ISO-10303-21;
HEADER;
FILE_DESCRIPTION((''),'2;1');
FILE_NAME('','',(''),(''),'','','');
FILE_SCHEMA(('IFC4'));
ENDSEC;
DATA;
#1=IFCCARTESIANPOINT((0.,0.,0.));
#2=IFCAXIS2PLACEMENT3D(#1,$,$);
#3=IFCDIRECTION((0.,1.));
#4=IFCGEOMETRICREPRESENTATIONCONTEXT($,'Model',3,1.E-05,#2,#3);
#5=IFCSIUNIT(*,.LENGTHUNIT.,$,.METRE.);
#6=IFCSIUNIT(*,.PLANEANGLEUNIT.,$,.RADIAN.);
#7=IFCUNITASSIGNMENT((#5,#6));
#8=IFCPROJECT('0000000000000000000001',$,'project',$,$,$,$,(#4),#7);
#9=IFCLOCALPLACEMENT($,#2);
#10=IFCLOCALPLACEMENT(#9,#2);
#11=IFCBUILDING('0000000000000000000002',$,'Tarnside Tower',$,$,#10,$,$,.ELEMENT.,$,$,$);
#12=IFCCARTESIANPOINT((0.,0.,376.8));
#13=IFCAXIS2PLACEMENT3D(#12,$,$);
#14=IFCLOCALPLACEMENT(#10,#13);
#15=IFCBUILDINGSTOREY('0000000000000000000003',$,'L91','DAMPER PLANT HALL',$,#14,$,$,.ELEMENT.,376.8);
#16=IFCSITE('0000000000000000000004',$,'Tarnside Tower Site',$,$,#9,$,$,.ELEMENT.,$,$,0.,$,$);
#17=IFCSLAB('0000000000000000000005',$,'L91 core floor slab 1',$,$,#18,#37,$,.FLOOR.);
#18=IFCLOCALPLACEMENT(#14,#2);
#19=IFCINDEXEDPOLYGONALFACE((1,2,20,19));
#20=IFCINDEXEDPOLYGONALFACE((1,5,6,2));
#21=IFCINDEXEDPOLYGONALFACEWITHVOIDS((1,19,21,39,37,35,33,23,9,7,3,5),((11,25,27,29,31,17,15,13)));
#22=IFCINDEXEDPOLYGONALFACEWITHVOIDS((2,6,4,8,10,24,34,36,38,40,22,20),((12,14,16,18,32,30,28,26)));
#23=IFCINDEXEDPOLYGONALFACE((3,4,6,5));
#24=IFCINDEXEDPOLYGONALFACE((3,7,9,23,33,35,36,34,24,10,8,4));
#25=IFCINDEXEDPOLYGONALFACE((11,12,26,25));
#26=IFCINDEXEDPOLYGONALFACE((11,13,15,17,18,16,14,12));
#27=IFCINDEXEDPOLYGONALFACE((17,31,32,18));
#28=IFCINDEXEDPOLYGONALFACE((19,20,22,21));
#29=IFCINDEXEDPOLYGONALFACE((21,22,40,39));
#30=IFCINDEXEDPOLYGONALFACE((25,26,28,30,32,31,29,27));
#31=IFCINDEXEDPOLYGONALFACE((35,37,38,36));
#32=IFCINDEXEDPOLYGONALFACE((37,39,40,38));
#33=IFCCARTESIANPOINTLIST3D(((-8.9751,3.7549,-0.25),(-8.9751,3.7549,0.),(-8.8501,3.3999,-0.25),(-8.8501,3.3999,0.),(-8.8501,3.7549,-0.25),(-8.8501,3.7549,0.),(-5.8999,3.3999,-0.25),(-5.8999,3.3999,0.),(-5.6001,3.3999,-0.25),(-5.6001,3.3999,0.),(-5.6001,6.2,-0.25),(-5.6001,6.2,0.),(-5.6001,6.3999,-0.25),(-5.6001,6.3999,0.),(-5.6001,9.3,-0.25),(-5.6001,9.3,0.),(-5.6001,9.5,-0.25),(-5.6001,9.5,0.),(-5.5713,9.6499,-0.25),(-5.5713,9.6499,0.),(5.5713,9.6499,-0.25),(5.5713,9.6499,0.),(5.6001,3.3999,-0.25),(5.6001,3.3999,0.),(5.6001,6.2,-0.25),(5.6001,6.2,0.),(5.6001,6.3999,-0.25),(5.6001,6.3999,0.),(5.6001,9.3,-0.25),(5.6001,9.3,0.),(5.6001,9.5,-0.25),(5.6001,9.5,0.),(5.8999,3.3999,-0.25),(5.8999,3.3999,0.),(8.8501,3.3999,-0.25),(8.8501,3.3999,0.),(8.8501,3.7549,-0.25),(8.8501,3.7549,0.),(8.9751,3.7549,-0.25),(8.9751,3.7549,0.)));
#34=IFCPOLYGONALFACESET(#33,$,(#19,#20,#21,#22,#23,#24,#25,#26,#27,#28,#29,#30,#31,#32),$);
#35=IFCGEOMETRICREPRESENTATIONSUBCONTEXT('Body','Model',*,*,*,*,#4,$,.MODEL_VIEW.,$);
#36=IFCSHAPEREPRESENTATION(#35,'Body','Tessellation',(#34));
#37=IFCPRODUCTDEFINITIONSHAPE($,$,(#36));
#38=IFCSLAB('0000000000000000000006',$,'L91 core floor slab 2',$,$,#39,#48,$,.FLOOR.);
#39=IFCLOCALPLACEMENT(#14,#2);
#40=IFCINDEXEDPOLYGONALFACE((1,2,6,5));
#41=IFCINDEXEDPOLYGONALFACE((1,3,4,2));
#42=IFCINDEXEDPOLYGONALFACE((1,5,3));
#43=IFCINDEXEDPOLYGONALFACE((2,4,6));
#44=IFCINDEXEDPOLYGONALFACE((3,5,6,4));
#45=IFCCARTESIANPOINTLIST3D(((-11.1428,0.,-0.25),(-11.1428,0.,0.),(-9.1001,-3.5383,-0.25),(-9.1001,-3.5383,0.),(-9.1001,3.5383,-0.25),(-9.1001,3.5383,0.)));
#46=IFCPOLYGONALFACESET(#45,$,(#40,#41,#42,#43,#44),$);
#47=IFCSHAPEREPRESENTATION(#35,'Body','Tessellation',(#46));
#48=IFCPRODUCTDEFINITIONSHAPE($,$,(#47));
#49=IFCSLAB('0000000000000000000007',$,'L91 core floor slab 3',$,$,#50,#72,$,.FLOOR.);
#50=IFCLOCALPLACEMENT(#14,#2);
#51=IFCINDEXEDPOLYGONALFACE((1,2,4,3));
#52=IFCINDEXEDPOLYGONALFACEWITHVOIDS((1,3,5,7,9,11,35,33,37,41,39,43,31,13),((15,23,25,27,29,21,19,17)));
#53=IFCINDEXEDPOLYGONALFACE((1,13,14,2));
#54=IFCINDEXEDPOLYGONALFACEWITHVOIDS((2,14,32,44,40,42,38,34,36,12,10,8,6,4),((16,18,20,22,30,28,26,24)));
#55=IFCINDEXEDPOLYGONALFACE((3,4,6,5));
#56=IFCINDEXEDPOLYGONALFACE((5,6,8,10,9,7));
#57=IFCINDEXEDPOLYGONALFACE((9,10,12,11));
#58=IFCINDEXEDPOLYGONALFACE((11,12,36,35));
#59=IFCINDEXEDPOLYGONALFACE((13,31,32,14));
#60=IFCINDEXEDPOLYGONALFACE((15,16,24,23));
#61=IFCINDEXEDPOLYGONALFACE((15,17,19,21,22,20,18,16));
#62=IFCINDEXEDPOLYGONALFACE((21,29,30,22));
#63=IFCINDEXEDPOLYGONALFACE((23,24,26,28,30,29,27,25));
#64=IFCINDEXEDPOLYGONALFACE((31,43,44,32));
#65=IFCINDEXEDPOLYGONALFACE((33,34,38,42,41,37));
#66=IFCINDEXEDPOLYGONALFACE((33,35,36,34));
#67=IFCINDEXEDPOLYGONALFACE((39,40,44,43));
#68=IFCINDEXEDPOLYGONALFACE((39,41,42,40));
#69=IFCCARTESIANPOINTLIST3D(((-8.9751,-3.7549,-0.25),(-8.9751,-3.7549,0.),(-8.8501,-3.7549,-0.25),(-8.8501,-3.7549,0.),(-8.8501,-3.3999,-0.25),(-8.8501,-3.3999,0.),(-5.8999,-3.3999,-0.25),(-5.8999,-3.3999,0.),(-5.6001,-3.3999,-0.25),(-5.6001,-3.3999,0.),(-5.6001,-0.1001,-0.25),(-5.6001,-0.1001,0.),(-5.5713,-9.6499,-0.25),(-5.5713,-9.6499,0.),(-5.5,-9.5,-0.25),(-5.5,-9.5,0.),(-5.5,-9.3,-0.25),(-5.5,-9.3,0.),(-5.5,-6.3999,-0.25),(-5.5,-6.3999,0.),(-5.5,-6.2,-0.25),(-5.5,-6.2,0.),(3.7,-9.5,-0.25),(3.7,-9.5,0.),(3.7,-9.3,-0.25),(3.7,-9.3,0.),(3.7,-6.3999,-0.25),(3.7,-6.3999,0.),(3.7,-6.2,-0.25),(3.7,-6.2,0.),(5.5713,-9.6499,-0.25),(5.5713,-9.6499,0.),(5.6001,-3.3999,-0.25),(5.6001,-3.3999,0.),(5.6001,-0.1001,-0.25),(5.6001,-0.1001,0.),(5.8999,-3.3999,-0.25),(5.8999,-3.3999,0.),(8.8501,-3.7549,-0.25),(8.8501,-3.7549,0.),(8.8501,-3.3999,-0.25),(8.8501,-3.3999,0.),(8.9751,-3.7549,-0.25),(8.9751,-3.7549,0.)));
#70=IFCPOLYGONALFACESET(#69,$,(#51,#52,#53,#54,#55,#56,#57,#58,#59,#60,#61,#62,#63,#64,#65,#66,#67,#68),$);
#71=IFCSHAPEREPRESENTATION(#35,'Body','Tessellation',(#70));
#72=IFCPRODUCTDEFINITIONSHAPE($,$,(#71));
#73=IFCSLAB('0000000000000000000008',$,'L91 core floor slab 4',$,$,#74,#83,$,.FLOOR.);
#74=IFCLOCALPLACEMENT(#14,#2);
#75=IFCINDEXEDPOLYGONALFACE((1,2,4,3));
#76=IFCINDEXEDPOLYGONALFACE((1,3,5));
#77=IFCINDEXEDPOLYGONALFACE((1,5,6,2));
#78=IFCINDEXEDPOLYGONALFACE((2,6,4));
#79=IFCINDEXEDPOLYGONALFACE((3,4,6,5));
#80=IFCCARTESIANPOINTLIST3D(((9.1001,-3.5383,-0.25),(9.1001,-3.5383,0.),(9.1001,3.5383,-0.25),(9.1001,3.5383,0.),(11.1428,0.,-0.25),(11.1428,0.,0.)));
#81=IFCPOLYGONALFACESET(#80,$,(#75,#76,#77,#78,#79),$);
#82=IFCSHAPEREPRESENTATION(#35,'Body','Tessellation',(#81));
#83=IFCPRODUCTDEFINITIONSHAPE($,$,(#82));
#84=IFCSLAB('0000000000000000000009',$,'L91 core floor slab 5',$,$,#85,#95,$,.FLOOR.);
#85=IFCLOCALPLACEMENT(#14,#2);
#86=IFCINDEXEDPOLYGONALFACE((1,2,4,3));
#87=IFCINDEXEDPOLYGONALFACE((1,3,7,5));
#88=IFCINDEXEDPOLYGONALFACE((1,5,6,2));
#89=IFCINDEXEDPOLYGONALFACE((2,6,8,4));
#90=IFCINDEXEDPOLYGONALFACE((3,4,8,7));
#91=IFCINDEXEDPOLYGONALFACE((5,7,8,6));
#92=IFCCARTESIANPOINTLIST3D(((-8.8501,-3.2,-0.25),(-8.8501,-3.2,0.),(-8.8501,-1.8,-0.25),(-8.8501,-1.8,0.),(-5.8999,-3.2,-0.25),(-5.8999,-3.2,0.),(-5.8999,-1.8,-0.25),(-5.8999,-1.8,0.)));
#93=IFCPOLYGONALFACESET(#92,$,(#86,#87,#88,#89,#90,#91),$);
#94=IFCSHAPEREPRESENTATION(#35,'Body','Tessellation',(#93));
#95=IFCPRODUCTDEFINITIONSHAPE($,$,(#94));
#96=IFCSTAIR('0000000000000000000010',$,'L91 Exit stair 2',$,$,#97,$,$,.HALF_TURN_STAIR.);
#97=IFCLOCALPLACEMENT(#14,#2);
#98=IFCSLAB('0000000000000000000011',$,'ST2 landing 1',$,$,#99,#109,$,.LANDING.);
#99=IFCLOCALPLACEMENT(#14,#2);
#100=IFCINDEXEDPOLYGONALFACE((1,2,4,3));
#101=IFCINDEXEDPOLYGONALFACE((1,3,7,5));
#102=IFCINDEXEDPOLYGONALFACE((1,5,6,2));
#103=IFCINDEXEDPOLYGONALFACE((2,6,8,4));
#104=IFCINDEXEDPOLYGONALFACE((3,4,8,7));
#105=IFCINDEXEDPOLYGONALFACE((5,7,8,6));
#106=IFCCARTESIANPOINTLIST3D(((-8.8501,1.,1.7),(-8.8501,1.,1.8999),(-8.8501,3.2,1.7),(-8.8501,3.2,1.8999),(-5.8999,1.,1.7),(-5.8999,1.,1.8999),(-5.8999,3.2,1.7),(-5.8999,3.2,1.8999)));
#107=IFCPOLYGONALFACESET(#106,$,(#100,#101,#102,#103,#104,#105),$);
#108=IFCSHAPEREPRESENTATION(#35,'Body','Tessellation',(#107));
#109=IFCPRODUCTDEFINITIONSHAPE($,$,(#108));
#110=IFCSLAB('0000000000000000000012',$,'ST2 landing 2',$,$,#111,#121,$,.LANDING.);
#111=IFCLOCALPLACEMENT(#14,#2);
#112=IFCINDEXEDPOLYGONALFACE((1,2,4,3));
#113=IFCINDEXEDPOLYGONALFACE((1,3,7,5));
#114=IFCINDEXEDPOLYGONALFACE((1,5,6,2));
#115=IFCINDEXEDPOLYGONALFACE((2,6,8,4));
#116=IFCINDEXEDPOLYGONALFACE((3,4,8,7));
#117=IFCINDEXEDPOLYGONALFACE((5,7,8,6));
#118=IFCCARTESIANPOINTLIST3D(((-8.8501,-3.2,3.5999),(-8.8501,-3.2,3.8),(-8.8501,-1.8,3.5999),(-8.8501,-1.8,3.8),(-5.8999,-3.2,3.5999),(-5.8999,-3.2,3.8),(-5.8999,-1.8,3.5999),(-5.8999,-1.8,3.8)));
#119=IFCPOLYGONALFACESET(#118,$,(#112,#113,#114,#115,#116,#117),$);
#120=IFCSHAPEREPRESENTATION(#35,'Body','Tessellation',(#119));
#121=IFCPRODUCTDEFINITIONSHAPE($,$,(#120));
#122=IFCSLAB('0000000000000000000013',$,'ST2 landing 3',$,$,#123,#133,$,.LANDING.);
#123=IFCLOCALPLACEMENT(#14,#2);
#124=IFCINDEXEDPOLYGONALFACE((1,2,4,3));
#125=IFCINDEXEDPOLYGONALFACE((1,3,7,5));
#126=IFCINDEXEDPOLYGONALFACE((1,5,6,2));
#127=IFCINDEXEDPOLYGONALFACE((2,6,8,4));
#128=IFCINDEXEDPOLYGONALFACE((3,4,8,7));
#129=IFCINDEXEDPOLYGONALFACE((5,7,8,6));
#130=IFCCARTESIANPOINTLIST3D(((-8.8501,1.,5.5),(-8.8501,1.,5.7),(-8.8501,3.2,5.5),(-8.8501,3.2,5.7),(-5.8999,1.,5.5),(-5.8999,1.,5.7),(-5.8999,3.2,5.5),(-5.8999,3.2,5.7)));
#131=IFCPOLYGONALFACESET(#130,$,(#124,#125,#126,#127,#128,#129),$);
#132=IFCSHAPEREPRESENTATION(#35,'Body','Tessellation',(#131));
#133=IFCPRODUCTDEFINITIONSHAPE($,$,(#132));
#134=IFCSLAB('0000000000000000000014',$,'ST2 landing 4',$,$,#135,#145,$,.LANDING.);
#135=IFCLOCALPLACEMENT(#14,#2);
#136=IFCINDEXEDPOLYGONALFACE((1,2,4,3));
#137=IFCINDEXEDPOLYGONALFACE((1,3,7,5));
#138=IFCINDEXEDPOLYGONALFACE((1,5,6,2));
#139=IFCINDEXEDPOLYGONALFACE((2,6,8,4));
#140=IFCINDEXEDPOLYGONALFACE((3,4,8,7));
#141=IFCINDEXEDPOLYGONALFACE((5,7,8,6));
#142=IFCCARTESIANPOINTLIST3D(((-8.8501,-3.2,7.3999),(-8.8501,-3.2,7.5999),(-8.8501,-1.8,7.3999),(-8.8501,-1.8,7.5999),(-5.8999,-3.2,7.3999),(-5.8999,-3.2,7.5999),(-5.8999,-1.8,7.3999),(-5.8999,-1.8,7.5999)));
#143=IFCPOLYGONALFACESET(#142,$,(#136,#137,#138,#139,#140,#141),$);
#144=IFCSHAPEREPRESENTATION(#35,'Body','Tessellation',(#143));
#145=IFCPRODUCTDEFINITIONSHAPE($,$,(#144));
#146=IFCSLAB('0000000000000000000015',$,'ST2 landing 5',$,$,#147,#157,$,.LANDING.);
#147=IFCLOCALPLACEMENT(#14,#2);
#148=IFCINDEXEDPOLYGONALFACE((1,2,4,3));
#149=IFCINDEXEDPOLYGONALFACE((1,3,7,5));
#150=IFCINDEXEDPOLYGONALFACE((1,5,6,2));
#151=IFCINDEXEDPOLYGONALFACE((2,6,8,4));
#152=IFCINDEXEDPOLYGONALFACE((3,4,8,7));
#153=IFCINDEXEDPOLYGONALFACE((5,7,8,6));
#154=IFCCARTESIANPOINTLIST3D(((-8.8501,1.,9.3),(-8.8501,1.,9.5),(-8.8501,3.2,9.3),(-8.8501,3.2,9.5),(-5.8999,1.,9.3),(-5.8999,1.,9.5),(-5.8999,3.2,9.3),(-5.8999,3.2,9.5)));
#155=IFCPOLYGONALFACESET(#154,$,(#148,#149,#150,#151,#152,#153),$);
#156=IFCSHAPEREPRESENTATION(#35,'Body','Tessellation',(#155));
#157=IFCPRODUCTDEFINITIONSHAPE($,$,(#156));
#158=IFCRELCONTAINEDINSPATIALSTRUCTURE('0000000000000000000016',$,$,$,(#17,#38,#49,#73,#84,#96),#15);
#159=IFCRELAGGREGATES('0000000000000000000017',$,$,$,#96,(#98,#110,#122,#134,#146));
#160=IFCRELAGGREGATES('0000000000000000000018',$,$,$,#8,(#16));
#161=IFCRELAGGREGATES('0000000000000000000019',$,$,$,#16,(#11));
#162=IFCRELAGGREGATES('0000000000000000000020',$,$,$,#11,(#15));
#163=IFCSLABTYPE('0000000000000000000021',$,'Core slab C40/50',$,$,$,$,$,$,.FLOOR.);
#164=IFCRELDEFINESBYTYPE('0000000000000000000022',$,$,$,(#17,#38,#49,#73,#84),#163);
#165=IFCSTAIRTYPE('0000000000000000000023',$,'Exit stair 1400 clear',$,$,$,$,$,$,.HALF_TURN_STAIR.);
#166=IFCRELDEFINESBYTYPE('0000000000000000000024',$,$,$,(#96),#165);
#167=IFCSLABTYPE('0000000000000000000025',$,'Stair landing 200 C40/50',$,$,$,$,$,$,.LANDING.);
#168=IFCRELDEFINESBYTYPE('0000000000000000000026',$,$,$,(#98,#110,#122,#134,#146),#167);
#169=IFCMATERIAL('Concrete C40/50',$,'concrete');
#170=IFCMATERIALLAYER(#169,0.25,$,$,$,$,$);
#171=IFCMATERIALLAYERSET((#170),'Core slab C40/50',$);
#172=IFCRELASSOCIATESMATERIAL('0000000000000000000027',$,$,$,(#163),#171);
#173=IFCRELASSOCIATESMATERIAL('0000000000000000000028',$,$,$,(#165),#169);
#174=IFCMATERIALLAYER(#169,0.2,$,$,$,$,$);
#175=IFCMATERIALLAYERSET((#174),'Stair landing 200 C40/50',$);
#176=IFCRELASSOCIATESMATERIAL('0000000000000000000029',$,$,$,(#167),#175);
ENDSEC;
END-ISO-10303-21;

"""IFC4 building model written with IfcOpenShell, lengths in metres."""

from ifc_helpers import new_model, si_unit, direction, frame, origin, place, context, subcontext, project, spatial, polyline, outline, extrude, material, layer, layer_set, type_object, element, aggregate, save


model = new_model("IFC4")

# Units and contexts
model_context = context("Model", 3, precision=1e-05, world=origin(), true_north=direction((0.0, 1.0)))
body_context = subcontext(model_context, "Body", "Model", "MODEL_VIEW")
ifc_project = project(units=[si_unit("LENGTHUNIT", "METRE"), si_unit("PLANEANGLEUNIT", "RADIAN")], contexts=[model_context])

# Site, building, storey
site_placement = place(None, origin())
site = spatial("IfcSite", under=ifc_project, at=site_placement, Name="Tarnside Tower Site", CompositionType="ELEMENT", RefElevation=0.0)
building_placement = place(site_placement, origin())
building = spatial("IfcBuilding", under=site, at=building_placement, Name="Tarnside Tower", CompositionType="ELEMENT")
storey_placement = place(building_placement, frame((0.0, 0.0, 376.8)))
storey = spatial("IfcBuildingStorey", under=building, at=storey_placement, Name="L91", Description="DAMPER PLANT HALL", CompositionType="ELEMENT", Elevation=376.8)

# Slabs
ifc_material_1 = material(Name="Concrete C40/50", Category="concrete")
ifc_layer_1 = layer(ifc_material_1, 0.25)
ifc_layer_set_1 = layer_set([ifc_layer_1], Name="Core slab C40/50")
slab_type_1 = type_object("IfcSlabType", Name="Core slab C40/50", PredefinedType="FLOOR", material=ifc_layer_set_1)
slab_1_placement = place(storey_placement, frame((0.0, 0.0, -0.25)))
element("IfcSlab", 1, at=slab_1_placement, inside=storey, type_object=slab_type_1, Name="L91 core floor slab 1", PredefinedType="FLOOR", context=body_context, shape_type="SweptSolid", body=[
    extrude(outline(polyline([(5.5713, 9.6499), (8.9751, 3.7549), (8.8501, 3.7549), (8.8501, 3.3999), (5.8999, 3.3999), (5.6001, 3.3999), (-5.6001, 3.3999), (-5.8999, 3.3999), (-8.8501, 3.3999), (-8.8501, 3.7549), (-8.9751, 3.7549), (-5.5713, 9.6499), (5.5713, 9.6499)]), holes=[polyline([(-5.6001, 6.2), (5.6001, 6.2), (5.6001, 6.3999), (5.6001, 9.3), (5.6001, 9.5), (-5.6001, 9.5), (-5.6001, 9.3), (-5.6001, 6.3999), (-5.6001, 6.2)])]), origin(), (0.0, 0.0, 1.0), 0.25),
])
slab_2_placement = place(storey_placement, frame((0.0, 0.0, -0.25)))
element("IfcSlab", 2, at=slab_2_placement, inside=storey, type_object=slab_type_1, Name="L91 core floor slab 2", PredefinedType="FLOOR", context=body_context, shape_type="SweptSolid", body=[
    extrude(outline(polyline([(-9.1001, -3.5383), (-11.1428, 0.0), (-9.1001, 3.5383), (-9.1001, -3.5383)])), origin(), (0.0, 0.0, 1.0), 0.25),
])
slab_3_placement = place(storey_placement, frame((0.0, 0.0, -0.25)))
element("IfcSlab", 3, at=slab_3_placement, inside=storey, type_object=slab_type_1, Name="L91 core floor slab 3", PredefinedType="FLOOR", context=body_context, shape_type="SweptSolid", body=[
    extrude(outline(polyline([(-8.8501, -3.7549), (-8.8501, -3.3999), (-5.8999, -3.3999), (-5.6001, -3.3999), (-5.6001, -0.1001), (5.6001, -0.1001), (5.6001, -3.3999), (5.8999, -3.3999), (8.8501, -3.3999), (8.8501, -3.7549), (8.9751, -3.7549), (5.5713, -9.6499), (-5.5713, -9.6499), (-8.9751, -3.7549), (-8.8501, -3.7549)]), holes=[polyline([(-5.5, -9.5), (3.7, -9.5), (3.7, -9.3), (3.7, -6.3999), (3.7, -6.2), (-5.5, -6.2), (-5.5, -6.3999), (-5.5, -9.3), (-5.5, -9.5)])]), origin(), (0.0, 0.0, 1.0), 0.25),
])
slab_4_placement = place(storey_placement, frame((0.0, 0.0, -0.25)))
element("IfcSlab", 4, at=slab_4_placement, inside=storey, type_object=slab_type_1, Name="L91 core floor slab 4", PredefinedType="FLOOR", context=body_context, shape_type="SweptSolid", body=[
    extrude(outline(polyline([(9.1001, 3.5383), (11.1428, 0.0), (9.1001, -3.5383), (9.1001, 3.5383)])), origin(), (0.0, 0.0, 1.0), 0.25),
])
slab_5_placement = place(storey_placement, frame((0.0, 0.0, -0.25)))
element("IfcSlab", 5, at=slab_5_placement, inside=storey, type_object=slab_type_1, Name="L91 core floor slab 5", PredefinedType="FLOOR", context=body_context, shape_type="SweptSolid", body=[
    extrude(outline(polyline([(-8.8501, -3.2), (-8.8501, -1.8), (-5.8999, -1.8), (-5.8999, -3.2), (-8.8501, -3.2)])), origin(), (0.0, 0.0, 1.0), 0.25),
])

# Stair, slabs
stair_type = type_object("IfcStairType", Name="Exit stair 1400 clear", PredefinedType="HALF_TURN_STAIR", material=ifc_material_1)
stair_1_placement = place(storey_placement, origin())
stair_1 = element("IfcStair", 6, at=stair_1_placement, inside=storey, type_object=stair_type, Name="L91 Exit stair 2", PredefinedType="HALF_TURN_STAIR")
ifc_layer_2 = layer(ifc_material_1, 0.2)
ifc_layer_set_2 = layer_set([ifc_layer_2], Name="Stair landing 200 C40/50")
slab_type_2 = type_object("IfcSlabType", Name="Stair landing 200 C40/50", PredefinedType="LANDING", material=ifc_layer_set_2)
slab_6_placement = place(storey_placement, frame((0.0, 0.0, 1.7)))
slab_6 = element("IfcSlab", 7, at=slab_6_placement, type_object=slab_type_2, Name="ST2 landing 1", PredefinedType="LANDING", context=body_context, shape_type="SweptSolid", body=[
    extrude(outline(polyline([(-5.8999, 1.0), (-5.8999, 3.2), (-8.8501, 3.2), (-8.8501, 1.0), (-5.8999, 1.0)])), origin(), (0.0, 0.0, 1.0), 0.2),
])
slab_7_placement = place(storey_placement, frame((0.0, 0.0, 3.5999)))
slab_7 = element("IfcSlab", 8, at=slab_7_placement, type_object=slab_type_2, Name="ST2 landing 2", PredefinedType="LANDING", context=body_context, shape_type="SweptSolid", body=[
    extrude(outline(polyline([(-5.8999, -3.2), (-5.8999, -1.8), (-8.8501, -1.8), (-8.8501, -3.2), (-5.8999, -3.2)])), origin(), (0.0, 0.0, 1.0), 0.2002),
])
slab_8_placement = place(storey_placement, frame((0.0, 0.0, 5.5)))
slab_8 = element("IfcSlab", 9, at=slab_8_placement, type_object=slab_type_2, Name="ST2 landing 3", PredefinedType="LANDING", context=body_context, shape_type="SweptSolid", body=[
    extrude(outline(polyline([(-5.8999, 1.0), (-5.8999, 3.2), (-8.8501, 3.2), (-8.8501, 1.0), (-5.8999, 1.0)])), origin(), (0.0, 0.0, 1.0), 0.2),
])
slab_9_placement = place(storey_placement, frame((0.0, 0.0, 7.3999)))
slab_9 = element("IfcSlab", 10, at=slab_9_placement, type_object=slab_type_2, Name="ST2 landing 4", PredefinedType="LANDING", context=body_context, shape_type="SweptSolid", body=[
    extrude(outline(polyline([(-5.8999, -3.2), (-5.8999, -1.8), (-8.8501, -1.8), (-8.8501, -3.2), (-5.8999, -3.2)])), origin(), (0.0, 0.0, 1.0), 0.2),
])
slab_10_placement = place(storey_placement, frame((0.0, 0.0, 9.3)))
slab_10 = element("IfcSlab", 11, at=slab_10_placement, type_object=slab_type_2, Name="ST2 landing 5", PredefinedType="LANDING", context=body_context, shape_type="SweptSolid", body=[
    extrude(outline(polyline([(-5.8999, 1.0), (-5.8999, 3.2), (-8.8501, 3.2), (-8.8501, 1.0), (-5.8999, 1.0)])), origin(), (0.0, 0.0, 1.0), 0.2),
])
aggregate(stair_1, [slab_6, slab_7, slab_8, slab_9, slab_10])

save(model, "model.ifc")
